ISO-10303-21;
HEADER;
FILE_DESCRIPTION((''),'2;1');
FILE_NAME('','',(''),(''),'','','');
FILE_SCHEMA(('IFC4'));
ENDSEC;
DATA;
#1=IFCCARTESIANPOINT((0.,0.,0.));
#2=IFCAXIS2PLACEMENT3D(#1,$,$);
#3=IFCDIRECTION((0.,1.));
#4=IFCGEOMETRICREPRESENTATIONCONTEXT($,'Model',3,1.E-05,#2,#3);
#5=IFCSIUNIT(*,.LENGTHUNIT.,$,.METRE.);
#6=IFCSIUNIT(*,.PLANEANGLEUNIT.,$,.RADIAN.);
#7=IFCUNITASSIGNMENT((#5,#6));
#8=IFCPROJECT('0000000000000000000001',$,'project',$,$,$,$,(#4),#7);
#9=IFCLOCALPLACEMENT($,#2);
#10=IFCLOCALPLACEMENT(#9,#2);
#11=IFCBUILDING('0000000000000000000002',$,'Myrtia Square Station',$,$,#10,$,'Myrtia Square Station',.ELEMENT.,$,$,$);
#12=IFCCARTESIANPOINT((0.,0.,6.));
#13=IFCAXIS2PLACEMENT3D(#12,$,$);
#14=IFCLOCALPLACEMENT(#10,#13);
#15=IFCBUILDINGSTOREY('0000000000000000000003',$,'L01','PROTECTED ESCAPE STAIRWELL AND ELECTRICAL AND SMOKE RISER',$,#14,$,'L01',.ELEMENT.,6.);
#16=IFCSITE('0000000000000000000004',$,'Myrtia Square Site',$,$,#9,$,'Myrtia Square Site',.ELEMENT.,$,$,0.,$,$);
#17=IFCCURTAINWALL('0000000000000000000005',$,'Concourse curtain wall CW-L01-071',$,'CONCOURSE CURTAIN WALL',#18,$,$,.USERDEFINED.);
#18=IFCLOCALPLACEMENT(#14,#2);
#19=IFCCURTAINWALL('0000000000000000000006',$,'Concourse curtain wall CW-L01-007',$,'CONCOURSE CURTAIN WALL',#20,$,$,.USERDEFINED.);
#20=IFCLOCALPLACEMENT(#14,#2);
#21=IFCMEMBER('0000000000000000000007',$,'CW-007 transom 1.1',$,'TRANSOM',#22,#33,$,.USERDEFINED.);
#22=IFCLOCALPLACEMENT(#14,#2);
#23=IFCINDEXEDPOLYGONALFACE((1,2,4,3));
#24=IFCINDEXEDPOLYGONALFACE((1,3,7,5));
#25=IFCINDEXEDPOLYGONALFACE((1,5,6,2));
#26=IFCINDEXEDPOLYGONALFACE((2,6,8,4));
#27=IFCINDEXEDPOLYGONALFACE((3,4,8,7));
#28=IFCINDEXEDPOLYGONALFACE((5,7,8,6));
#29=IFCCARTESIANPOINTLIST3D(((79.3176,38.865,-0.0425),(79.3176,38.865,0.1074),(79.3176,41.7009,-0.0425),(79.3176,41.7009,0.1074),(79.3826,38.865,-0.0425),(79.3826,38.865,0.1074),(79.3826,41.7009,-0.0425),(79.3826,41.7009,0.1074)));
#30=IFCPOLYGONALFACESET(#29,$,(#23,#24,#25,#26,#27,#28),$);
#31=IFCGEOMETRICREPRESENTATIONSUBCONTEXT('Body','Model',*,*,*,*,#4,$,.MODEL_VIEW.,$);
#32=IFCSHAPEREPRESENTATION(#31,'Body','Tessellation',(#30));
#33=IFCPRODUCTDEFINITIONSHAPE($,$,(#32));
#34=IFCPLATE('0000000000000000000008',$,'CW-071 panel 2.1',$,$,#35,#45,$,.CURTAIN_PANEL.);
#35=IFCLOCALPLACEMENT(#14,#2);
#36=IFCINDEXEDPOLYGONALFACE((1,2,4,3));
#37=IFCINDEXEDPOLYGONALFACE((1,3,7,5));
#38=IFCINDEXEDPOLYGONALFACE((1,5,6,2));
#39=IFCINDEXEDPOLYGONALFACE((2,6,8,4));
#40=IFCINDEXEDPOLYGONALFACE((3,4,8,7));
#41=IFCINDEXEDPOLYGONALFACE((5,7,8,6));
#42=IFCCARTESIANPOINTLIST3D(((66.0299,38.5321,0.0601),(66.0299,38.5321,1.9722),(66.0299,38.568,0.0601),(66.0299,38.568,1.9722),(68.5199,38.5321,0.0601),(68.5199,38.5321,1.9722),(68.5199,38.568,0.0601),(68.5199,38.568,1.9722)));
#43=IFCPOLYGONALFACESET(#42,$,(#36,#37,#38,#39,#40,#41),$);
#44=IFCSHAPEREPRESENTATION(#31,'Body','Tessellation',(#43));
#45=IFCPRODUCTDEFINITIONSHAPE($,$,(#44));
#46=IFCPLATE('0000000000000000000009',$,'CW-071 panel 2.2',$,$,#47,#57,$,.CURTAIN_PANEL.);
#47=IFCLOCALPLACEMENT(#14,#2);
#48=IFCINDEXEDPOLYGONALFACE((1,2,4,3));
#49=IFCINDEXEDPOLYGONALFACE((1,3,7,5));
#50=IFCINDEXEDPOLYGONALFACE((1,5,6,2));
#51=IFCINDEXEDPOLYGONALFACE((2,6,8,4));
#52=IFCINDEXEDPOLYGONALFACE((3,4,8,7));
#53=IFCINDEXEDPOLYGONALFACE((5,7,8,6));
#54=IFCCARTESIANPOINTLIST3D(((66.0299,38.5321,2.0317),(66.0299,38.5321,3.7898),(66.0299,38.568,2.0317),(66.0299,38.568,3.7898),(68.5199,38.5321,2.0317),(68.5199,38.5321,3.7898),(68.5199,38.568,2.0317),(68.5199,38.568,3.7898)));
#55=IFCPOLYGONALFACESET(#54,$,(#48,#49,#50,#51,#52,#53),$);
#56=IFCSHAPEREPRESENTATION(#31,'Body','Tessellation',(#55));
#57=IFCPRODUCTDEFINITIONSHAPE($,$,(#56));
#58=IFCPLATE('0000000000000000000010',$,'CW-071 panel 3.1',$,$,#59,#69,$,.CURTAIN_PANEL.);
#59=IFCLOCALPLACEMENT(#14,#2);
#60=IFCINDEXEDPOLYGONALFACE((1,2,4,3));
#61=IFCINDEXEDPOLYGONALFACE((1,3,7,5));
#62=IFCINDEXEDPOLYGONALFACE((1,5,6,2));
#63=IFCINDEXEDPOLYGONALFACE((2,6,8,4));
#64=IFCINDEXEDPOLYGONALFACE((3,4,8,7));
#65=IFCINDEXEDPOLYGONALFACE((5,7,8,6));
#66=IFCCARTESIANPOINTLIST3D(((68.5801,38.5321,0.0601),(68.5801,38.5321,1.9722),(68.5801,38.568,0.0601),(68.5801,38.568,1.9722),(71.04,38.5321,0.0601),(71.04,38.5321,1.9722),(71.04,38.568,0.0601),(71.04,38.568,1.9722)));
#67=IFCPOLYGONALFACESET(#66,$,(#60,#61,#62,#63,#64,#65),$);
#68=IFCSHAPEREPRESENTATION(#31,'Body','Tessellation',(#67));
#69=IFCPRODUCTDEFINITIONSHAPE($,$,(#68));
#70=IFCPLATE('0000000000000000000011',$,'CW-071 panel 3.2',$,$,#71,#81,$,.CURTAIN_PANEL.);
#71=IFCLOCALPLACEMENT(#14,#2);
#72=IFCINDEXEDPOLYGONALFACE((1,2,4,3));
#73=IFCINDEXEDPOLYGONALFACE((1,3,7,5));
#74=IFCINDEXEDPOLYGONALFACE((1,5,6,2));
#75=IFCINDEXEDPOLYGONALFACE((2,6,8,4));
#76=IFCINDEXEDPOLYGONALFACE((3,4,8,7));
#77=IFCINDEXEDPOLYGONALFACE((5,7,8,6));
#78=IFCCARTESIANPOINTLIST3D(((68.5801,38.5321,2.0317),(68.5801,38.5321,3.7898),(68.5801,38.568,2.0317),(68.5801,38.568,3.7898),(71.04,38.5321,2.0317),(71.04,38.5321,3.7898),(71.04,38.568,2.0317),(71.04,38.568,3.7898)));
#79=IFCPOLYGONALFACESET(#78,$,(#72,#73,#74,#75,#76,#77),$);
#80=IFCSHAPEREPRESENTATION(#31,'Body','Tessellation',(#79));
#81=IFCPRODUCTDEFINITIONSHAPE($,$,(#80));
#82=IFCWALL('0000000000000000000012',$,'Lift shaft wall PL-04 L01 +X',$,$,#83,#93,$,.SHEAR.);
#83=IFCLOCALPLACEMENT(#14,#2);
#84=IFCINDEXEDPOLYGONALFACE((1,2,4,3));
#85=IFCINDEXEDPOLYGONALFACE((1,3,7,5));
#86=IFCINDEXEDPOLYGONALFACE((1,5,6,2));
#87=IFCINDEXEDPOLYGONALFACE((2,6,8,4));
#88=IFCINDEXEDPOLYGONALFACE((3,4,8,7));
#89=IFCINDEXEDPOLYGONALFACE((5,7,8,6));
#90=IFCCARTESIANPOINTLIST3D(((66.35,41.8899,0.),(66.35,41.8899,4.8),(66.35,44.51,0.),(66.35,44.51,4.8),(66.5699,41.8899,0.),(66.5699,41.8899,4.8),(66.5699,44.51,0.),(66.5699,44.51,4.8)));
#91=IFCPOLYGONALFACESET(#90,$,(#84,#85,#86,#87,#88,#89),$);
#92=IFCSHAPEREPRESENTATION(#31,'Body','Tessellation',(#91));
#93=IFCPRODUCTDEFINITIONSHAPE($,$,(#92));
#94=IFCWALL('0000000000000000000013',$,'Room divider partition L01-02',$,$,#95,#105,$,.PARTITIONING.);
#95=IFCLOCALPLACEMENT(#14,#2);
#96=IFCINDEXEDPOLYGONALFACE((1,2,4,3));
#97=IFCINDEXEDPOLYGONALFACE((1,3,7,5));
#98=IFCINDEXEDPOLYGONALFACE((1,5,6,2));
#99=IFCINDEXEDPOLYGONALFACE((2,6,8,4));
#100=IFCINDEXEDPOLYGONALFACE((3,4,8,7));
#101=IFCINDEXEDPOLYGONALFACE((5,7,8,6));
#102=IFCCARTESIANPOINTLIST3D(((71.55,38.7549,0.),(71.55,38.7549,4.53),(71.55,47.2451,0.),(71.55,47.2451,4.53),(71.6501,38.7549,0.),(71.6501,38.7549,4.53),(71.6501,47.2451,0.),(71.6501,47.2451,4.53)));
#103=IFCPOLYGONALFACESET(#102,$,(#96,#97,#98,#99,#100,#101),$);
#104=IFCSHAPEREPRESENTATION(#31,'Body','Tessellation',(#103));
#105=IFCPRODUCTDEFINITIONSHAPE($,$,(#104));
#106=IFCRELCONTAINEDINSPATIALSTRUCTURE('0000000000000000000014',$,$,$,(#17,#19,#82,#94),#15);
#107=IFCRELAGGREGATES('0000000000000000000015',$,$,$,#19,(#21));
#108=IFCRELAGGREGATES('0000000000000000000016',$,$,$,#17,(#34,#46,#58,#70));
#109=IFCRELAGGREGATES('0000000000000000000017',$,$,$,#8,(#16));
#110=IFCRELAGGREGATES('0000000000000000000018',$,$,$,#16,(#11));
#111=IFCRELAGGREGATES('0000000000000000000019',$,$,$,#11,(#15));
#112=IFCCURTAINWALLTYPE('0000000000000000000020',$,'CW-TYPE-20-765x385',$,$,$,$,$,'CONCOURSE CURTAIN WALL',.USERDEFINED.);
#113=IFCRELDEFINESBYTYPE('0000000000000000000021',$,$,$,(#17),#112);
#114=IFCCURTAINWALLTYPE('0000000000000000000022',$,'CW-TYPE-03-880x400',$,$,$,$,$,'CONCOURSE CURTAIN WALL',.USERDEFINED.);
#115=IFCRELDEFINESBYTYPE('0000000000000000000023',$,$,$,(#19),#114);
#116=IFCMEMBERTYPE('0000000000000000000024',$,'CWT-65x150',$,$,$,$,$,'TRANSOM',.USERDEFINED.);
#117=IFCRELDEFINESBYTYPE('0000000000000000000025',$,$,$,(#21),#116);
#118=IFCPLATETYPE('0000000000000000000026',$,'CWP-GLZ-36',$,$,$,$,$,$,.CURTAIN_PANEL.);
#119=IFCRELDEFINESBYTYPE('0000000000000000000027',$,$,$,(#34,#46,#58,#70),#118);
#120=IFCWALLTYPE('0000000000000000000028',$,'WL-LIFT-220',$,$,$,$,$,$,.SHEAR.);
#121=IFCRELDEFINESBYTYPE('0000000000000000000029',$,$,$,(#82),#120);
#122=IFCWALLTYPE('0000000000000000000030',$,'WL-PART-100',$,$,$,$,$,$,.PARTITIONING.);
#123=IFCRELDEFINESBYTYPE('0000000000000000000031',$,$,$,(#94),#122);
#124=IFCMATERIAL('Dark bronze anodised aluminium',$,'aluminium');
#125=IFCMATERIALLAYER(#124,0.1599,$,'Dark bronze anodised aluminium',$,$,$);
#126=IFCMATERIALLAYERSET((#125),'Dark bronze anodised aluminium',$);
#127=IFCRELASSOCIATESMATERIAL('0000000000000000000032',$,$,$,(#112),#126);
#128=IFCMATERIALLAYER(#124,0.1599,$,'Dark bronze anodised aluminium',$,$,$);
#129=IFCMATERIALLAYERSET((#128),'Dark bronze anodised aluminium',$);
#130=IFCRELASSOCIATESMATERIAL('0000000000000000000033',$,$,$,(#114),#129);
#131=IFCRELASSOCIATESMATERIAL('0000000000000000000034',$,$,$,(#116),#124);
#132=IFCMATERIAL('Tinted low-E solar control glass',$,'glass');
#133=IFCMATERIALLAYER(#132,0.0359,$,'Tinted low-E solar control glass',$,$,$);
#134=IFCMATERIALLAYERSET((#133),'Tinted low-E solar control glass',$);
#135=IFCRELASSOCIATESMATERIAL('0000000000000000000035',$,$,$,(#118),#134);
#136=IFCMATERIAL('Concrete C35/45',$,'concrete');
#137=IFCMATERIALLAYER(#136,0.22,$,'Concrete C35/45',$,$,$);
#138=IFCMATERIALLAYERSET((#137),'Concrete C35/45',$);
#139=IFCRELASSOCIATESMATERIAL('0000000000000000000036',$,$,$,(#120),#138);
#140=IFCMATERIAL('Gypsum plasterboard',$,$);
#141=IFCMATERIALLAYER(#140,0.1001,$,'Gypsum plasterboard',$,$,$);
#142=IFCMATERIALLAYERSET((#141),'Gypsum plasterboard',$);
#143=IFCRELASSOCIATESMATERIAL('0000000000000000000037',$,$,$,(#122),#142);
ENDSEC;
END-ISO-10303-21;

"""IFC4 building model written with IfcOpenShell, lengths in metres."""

from ifc_helpers import new_model, si_unit, direction, frame, frame_2d, origin, origin_2d, place, context, subcontext, project, spatial, rectangle, extrude, material, layer, layer_set, material_profile, profile_set, type_object, element, aggregate, save


model = new_model("IFC4")

# Units and contexts
model_context = context("Model", 3, precision=1e-05, world=origin(), true_north=direction((0.0, 1.0)))
body_context = subcontext(model_context, "Body", "Model", "MODEL_VIEW")
ifc_project = project(units=[si_unit("LENGTHUNIT", "METRE"), si_unit("PLANEANGLEUNIT", "RADIAN")], contexts=[model_context])

# Site, building, storey
site_placement = place(None, origin())
site = spatial("IfcSite", under=ifc_project, at=site_placement, Name="Myrtia Square Site", LongName="Myrtia Square Site", CompositionType="ELEMENT", RefElevation=0.0)
building_placement = place(site_placement, origin())
building = spatial("IfcBuilding", under=site, at=building_placement, Name="Myrtia Square Station", LongName="Myrtia Square Station", CompositionType="ELEMENT")
storey_placement = place(building_placement, frame((0.0, 0.0, 6.0)))
storey = spatial("IfcBuildingStorey", under=building, at=storey_placement, Name="L01", Description="PROTECTED ESCAPE STAIRWELL AND ELECTRICAL AND SMOKE RISER", LongName="L01", CompositionType="ELEMENT", Elevation=6.0)

# Curtain wall
ifc_material_1 = material(Name="Dark bronze anodised aluminium", Category="aluminium")
ifc_layer_1 = layer(ifc_material_1, 0.1599, Name="Dark bronze anodised aluminium")
ifc_layer_set_1 = layer_set([ifc_layer_1], Name="Dark bronze anodised aluminium")
curtain_wall_type_1 = type_object("IfcCurtainWallType", Name="CW-TYPE-20-765x385", ElementType="CONCOURSE CURTAIN WALL", PredefinedType="USERDEFINED", material=ifc_layer_set_1)
curtain_wall_1_placement = place(storey_placement, origin())
curtain_wall_1 = element("IfcCurtainWall", 1, at=curtain_wall_1_placement, inside=storey, type_object=curtain_wall_type_1, Name="Concourse curtain wall CW-L01-071", ObjectType="CONCOURSE CURTAIN WALL", PredefinedType="USERDEFINED")

# Curtain wall
ifc_layer_2 = layer(ifc_material_1, 0.1599, Name="Dark bronze anodised aluminium")
ifc_layer_set_2 = layer_set([ifc_layer_2], Name="Dark bronze anodised aluminium")
curtain_wall_type_2 = type_object("IfcCurtainWallType", Name="CW-TYPE-03-880x400", ElementType="CONCOURSE CURTAIN WALL", PredefinedType="USERDEFINED", material=ifc_layer_set_2)
curtain_wall_2_placement = place(storey_placement, origin())
curtain_wall_2 = element("IfcCurtainWall", 2, at=curtain_wall_2_placement, inside=storey, type_object=curtain_wall_type_2, Name="Concourse curtain wall CW-L01-007", ObjectType="CONCOURSE CURTAIN WALL", PredefinedType="USERDEFINED")

# Member
ifc_material_profile_1 = material_profile(ifc_material_1, rectangle(XDim=0.0649, YDim=0.1499, at=origin_2d()), Name="ALU-T 65x150")
ifc_profile_set_1 = profile_set([ifc_material_profile_1], Name="Dark bronze anodised aluminium")
member_type_1 = type_object("IfcMemberType", Name="CWT-65x150", ElementType="TRANSOM", PredefinedType="USERDEFINED", material=ifc_profile_set_1)
member_1_placement = place(storey_placement, frame((79.3501, 38.865, 0.0325), z_axis=(0.0, 1.0, 0.0), x_axis=(-1.0, 0.0, 0.0)))
member_1 = element("IfcMember", 3, at=member_1_placement, type_object=member_type_1, Name="CW-007 transom 1.1", ObjectType="TRANSOM", PredefinedType="USERDEFINED", context=body_context, shape_type="SweptSolid", body=[
    extrude(rectangle(XDim=0.0649, YDim=0.1499, at=origin_2d()), origin(), (0.0, 0.0, 1.0), 2.8359),
])
aggregate(curtain_wall_2, [member_1])

# Plates
ifc_material_2 = material(Name="Tinted low-E solar control glass", Category="glass")
ifc_layer_3 = layer(ifc_material_2, 0.0359, Name="Tinted low-E solar control glass")
ifc_layer_set_3 = layer_set([ifc_layer_3], Name="Tinted low-E solar control glass")
plate_type = type_object("IfcPlateType", Name="CWP-GLZ-36", PredefinedType="CURTAIN_PANEL", material=ifc_layer_set_3)
plate_1_placement = place(storey_placement, frame((67.2749, 38.55, 0.0601), z_axis=(0.0, 0.0, 1.0), x_axis=(1.0, 0.0, 0.0)))
plate_1 = element("IfcPlate", 4, at=plate_1_placement, type_object=plate_type, Name="CW-071 panel 2.1", PredefinedType="CURTAIN_PANEL", context=body_context, shape_type="SweptSolid", body=[
    extrude(rectangle(XDim=2.49, YDim=0.0359, at=origin_2d()), origin(), (0.0, 0.0, 1.0), 1.9121),
])
plate_2_placement = place(storey_placement, frame((67.2749, 38.55, 2.0317), z_axis=(0.0, 0.0, 1.0), x_axis=(1.0, 0.0, 0.0)))
plate_2 = element("IfcPlate", 5, at=plate_2_placement, type_object=plate_type, Name="CW-071 panel 2.2", PredefinedType="CURTAIN_PANEL", context=body_context, shape_type="SweptSolid", body=[
    extrude(rectangle(XDim=2.49, YDim=0.0359, at=origin_2d()), origin(), (0.0, 0.0, 1.0), 1.7581),
])
plate_3_placement = place(storey_placement, frame((69.8101, 38.55, 0.0601), z_axis=(0.0, 0.0, 1.0), x_axis=(1.0, 0.0, 0.0)))
plate_3 = element("IfcPlate", 6, at=plate_3_placement, type_object=plate_type, Name="CW-071 panel 3.1", PredefinedType="CURTAIN_PANEL", context=body_context, shape_type="SweptSolid", body=[
    extrude(rectangle(XDim=2.46, YDim=0.0359, at=origin_2d()), origin(), (0.0, 0.0, 1.0), 1.9121),
])
plate_4_placement = place(storey_placement, frame((69.8101, 38.55, 2.0317), z_axis=(0.0, 0.0, 1.0), x_axis=(1.0, 0.0, 0.0)))
plate_4 = element("IfcPlate", 7, at=plate_4_placement, type_object=plate_type, Name="CW-071 panel 3.2", PredefinedType="CURTAIN_PANEL", context=body_context, shape_type="SweptSolid", body=[
    extrude(rectangle(XDim=2.46, YDim=0.0359, at=origin_2d()), origin(), (0.0, 0.0, 1.0), 1.7581),
])
aggregate(curtain_wall_1, [plate_1, plate_2, plate_3, plate_4])

# Walls
ifc_material_3 = material(Name="Concrete C35/45", Category="concrete")
ifc_layer_4 = layer(ifc_material_3, 0.22, Name="Concrete C35/45")
ifc_layer_set_4 = layer_set([ifc_layer_4], Name="Concrete C35/45")
wall_type_1 = type_object("IfcWallType", Name="WL-LIFT-220", PredefinedType="SHEAR", material=ifc_layer_set_4)
wall_1_placement = place(storey_placement, frame((66.46, 41.8899, 0.0), z_axis=(0.0, 0.0, 1.0), x_axis=(0.0, 1.0, 0.0)))
element("IfcWall", 8, at=wall_1_placement, inside=storey, type_object=wall_type_1, Name="Lift shaft wall PL-04 L01 +X", PredefinedType="SHEAR", context=body_context, shape_type="SweptSolid", body=[
    extrude(rectangle(XDim=2.6201, YDim=0.22, at=frame_2d((1.3101, 0.0))), origin(), (0.0, 0.0, 1.0), 4.8),
])
ifc_material_4 = material(Name="Gypsum plasterboard")
ifc_layer_5 = layer(ifc_material_4, 0.1001, Name="Gypsum plasterboard")
ifc_layer_set_5 = layer_set([ifc_layer_5], Name="Gypsum plasterboard")
wall_type_2 = type_object("IfcWallType", Name="WL-PART-100", PredefinedType="PARTITIONING", material=ifc_layer_set_5)
wall_2_placement = place(storey_placement, frame((71.6001, 38.7549, 0.0), z_axis=(0.0, 0.0, 1.0), x_axis=(0.0, 1.0, 0.0)))
element("IfcWall", 9, at=wall_2_placement, inside=storey, type_object=wall_type_2, Name="Room divider partition L01-02", PredefinedType="PARTITIONING", context=body_context, shape_type="SweptSolid", body=[
    extrude(rectangle(XDim=8.4902, YDim=0.1001, at=frame_2d((4.2451, 0.0))), origin(), (0.0, 0.0, 1.0), 4.53),
])

save(model, "model.ifc")
